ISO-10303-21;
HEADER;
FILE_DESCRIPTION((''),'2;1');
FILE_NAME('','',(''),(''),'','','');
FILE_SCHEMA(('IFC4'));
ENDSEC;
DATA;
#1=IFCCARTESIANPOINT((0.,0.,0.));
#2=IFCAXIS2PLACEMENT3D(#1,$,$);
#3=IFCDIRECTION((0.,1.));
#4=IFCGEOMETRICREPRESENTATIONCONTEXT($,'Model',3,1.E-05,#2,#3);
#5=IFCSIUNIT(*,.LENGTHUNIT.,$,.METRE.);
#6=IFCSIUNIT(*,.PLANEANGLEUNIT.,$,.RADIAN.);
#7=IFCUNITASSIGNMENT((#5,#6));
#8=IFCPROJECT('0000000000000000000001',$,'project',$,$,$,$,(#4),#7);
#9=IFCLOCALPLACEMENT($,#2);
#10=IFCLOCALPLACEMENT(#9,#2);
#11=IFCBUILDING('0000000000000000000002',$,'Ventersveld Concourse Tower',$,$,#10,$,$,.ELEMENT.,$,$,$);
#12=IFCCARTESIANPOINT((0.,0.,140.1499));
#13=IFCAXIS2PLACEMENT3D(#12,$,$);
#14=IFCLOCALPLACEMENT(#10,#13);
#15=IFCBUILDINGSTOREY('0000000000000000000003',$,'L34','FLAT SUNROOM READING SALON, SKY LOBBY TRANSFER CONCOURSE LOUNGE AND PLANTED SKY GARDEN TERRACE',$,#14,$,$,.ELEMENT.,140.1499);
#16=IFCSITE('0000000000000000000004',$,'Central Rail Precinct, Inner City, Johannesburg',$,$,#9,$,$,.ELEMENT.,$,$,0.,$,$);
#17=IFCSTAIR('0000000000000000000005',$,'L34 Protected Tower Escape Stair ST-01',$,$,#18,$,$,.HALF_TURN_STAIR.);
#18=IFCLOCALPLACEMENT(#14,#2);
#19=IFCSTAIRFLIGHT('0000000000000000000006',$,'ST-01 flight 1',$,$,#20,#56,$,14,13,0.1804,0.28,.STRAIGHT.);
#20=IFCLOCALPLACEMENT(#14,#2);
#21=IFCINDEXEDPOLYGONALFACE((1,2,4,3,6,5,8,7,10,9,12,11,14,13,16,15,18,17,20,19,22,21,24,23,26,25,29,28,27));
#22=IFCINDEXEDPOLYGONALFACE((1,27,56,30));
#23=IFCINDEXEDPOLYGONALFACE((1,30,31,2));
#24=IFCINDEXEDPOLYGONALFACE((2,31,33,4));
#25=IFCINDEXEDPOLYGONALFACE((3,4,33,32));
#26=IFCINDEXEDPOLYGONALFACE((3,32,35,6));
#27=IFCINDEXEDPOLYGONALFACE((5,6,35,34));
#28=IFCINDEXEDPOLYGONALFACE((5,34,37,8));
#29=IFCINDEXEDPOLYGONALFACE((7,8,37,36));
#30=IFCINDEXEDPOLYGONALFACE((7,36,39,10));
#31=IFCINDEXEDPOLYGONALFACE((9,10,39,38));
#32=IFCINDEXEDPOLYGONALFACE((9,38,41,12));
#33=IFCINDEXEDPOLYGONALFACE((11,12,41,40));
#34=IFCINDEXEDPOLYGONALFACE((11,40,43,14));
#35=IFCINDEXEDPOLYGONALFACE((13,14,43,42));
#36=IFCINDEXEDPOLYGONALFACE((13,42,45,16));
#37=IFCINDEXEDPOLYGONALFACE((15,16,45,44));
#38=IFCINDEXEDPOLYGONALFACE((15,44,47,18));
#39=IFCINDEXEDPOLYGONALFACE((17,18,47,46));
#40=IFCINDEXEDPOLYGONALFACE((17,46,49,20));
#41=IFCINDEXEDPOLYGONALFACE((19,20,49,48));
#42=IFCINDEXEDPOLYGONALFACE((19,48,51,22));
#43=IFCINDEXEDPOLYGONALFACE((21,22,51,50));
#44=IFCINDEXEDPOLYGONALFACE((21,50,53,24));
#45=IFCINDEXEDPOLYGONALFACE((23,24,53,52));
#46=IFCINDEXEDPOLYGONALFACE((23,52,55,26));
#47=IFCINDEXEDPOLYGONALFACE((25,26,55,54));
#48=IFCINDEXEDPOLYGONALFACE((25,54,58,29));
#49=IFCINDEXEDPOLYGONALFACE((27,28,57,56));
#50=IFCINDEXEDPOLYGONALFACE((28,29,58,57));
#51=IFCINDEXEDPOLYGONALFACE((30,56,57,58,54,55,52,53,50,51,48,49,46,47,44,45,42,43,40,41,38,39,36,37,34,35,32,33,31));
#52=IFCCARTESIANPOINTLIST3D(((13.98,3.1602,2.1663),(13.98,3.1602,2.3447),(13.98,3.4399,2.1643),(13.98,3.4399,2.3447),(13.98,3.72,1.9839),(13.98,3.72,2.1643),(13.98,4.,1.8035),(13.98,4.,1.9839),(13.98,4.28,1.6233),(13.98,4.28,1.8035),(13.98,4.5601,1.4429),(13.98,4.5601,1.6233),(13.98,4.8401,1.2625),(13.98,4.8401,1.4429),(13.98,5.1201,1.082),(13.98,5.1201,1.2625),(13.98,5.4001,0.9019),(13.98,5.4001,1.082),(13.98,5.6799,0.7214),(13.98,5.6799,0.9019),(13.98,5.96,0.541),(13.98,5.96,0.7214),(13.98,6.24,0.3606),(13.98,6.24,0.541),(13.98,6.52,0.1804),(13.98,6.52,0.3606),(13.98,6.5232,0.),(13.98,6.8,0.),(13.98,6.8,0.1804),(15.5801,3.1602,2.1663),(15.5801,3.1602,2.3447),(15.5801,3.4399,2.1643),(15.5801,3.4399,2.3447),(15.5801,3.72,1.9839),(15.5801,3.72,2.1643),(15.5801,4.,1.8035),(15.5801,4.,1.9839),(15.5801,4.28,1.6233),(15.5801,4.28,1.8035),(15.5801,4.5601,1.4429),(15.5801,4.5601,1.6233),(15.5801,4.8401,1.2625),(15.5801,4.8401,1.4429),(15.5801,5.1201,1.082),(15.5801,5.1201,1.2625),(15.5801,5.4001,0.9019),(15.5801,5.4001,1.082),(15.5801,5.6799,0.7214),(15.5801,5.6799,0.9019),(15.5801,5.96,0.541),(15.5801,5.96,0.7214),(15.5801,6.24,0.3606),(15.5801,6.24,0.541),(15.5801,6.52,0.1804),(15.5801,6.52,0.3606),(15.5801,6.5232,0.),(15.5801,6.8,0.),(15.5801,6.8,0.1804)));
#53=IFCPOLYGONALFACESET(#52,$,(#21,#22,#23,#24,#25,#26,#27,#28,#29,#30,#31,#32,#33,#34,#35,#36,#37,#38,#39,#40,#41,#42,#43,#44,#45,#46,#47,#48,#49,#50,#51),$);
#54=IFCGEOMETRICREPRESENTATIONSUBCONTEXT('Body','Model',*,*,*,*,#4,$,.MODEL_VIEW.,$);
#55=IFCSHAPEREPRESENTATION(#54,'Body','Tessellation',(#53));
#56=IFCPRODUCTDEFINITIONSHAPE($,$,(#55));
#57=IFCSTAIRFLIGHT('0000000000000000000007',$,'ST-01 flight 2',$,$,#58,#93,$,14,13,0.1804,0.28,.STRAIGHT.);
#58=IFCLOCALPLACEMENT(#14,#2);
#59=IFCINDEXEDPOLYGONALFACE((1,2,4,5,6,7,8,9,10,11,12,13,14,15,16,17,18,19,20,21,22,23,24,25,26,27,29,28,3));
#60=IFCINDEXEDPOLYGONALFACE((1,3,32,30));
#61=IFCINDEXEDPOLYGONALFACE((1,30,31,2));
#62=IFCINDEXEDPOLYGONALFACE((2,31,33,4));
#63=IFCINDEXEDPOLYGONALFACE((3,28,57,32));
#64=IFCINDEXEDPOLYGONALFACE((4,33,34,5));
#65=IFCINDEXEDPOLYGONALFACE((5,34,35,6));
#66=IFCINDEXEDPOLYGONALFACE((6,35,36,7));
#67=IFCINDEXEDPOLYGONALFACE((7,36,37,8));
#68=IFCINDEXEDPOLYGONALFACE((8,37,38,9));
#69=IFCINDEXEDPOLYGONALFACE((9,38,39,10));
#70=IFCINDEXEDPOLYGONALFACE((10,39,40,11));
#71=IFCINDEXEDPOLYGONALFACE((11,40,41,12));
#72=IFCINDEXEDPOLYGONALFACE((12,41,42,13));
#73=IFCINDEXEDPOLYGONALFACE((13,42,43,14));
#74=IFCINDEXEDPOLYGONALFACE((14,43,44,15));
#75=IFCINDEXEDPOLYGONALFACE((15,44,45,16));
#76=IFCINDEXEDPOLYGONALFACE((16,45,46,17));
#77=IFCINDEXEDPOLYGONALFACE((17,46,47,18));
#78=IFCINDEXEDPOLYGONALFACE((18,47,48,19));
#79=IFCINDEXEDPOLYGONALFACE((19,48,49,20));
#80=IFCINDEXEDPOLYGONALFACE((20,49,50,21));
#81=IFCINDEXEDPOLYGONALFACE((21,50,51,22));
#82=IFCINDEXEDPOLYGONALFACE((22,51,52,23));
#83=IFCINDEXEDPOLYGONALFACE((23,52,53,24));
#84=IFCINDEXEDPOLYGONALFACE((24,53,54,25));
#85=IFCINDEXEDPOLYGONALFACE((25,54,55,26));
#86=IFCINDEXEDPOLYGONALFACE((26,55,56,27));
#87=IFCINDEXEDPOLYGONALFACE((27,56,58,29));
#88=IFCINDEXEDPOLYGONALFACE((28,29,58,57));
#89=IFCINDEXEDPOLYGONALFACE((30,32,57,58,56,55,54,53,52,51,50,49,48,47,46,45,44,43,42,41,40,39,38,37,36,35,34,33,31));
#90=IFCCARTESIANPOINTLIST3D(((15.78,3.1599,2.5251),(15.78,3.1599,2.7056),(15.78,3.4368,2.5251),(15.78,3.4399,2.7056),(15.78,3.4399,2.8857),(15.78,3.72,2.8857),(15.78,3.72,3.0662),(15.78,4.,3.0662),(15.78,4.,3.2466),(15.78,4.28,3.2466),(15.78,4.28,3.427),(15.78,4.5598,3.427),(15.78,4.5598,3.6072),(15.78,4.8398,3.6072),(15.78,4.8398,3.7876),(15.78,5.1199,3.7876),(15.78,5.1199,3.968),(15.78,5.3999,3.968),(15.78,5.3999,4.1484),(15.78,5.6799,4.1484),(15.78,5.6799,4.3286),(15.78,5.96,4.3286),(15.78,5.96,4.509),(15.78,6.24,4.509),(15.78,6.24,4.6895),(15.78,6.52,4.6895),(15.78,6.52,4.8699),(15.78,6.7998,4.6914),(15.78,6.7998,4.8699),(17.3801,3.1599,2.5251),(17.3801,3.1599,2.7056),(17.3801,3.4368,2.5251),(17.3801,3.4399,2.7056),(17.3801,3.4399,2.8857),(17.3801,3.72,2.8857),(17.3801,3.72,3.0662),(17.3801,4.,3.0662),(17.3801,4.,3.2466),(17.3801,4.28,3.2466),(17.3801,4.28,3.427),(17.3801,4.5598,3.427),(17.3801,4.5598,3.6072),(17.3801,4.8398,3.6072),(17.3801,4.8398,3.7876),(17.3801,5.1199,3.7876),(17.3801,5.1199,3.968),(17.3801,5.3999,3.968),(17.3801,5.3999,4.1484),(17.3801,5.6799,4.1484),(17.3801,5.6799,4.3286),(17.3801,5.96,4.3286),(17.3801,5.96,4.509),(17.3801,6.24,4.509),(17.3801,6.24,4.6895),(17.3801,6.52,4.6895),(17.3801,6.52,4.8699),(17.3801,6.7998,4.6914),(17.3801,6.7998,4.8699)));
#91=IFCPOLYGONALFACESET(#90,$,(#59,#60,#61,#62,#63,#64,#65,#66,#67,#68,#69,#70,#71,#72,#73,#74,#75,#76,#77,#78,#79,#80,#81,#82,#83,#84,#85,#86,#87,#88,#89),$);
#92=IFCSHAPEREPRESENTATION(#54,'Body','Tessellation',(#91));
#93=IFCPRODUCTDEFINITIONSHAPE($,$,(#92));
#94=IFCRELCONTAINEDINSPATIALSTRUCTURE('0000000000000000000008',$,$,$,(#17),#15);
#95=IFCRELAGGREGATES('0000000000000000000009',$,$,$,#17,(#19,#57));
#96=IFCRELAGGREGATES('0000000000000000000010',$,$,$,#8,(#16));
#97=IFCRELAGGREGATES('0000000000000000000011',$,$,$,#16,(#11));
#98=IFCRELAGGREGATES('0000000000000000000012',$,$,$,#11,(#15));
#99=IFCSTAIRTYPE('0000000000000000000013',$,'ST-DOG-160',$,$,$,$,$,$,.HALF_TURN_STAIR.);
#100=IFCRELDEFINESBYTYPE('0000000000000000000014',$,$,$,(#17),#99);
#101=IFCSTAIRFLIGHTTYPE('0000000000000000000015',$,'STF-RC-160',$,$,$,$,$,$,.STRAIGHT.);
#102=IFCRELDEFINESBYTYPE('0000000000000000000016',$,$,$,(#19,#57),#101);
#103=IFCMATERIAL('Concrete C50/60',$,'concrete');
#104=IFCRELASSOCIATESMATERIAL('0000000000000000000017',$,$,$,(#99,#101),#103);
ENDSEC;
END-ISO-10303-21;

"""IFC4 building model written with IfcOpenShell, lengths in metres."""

from ifc_helpers import new_model, si_unit, direction, frame, origin, place, context, subcontext, project, spatial, polyline, outline, extrude, material, type_object, element, aggregate, save


model = new_model("IFC4")

# Units and contexts
model_context = context("Model", 3, precision=1e-05, world=origin(), true_north=direction((0.0, 1.0)))
body_context = subcontext(model_context, "Body", "Model", "MODEL_VIEW")
ifc_project = project(units=[si_unit("LENGTHUNIT", "METRE"), si_unit("PLANEANGLEUNIT", "RADIAN")], contexts=[model_context])

# Site, building, storey
site_placement = place(None, origin())
site = spatial("IfcSite", under=ifc_project, at=site_placement, Name="Central Rail Precinct, Inner City, Johannesburg", CompositionType="ELEMENT", RefElevation=0.0)
building_placement = place(site_placement, origin())
building = spatial("IfcBuilding", under=site, at=building_placement, Name="Ventersveld Concourse Tower", CompositionType="ELEMENT")
storey_placement = place(building_placement, frame((0.0, 0.0, 140.1499)))
storey = spatial("IfcBuildingStorey", under=building, at=storey_placement, Name="L34", Description="FLAT SUNROOM READING SALON, SKY LOBBY TRANSFER CONCOURSE LOUNGE AND PLANTED SKY GARDEN TERRACE", CompositionType="ELEMENT", Elevation=140.1499)

# Shared definitions
ifc_material_1 = material(Name="Concrete C50/60", Category="concrete")

# Stair, stair flights
stair_type = type_object("IfcStairType", Name="ST-DOG-160", PredefinedType="HALF_TURN_STAIR", material=ifc_material_1)
stair_placement = place(storey_placement, origin())
stair = element("IfcStair", 1, at=stair_placement, inside=storey, type_object=stair_type, Name="L34 Protected Tower Escape Stair ST-01", PredefinedType="HALF_TURN_STAIR")
stair_flight_type = type_object("IfcStairFlightType", Name="STF-RC-160", PredefinedType="STRAIGHT", material=ifc_material_1)
stair_flight_1_placement = place(storey_placement, frame((14.78, 6.8, 0.0), z_axis=(0.0, 0.0, 1.0), x_axis=(0.0, -1.0, 0.0)))
stair_flight_1 = element("IfcStairFlight", 2, at=stair_flight_1_placement, type_object=stair_flight_type, Name="ST-01 flight 1", NumberOfRisers=14, NumberOfTreads=13, PredefinedType="STRAIGHT", RiserHeight=0.1804, TreadLength=0.28, context=body_context, shape_type="SweptSolid", body=[
    extrude(outline(polyline([(0.0, 0.0), (0.0, 0.1804), (0.28, 0.1804), (0.28, 0.3606), (0.5601, 0.3606), (0.5601, 0.541), (0.8401, 0.541), (0.8401, 0.7214), (1.1201, 0.7214), (1.1201, 0.9019), (1.3999, 0.9019), (1.3999, 1.082), (1.6799, 1.082), (1.6799, 1.2625), (1.96, 1.2625), (1.96, 1.4429), (2.24, 1.4429), (2.24, 1.6233), (2.52, 1.6233), (2.52, 1.8035), (2.8, 1.8035), (2.8, 1.9839), (3.0801, 1.9839), (3.0801, 2.1643), (3.3601, 2.1643), (3.3601, 2.3447), (3.6399, 2.3447), (3.6399, 2.5249), (3.6399, 2.1663), (0.2769, 0.0), (0.0, 0.0)])), frame((0.0, 0.8, 0.0), z_axis=(0.0, -1.0, 0.0), x_axis=(1.0, 0.0, 0.0)), (0.0, 0.0, 1.0), 1.6001),
])
stair_flight_2_placement = place(storey_placement, frame((16.5801, 3.1599, 2.5251), z_axis=(0.0, 0.0, 1.0), x_axis=(0.0, 1.0, 0.0)))
stair_flight_2 = element("IfcStairFlight", 3, at=stair_flight_2_placement, type_object=stair_flight_type, Name="ST-01 flight 2", NumberOfRisers=14, NumberOfTreads=13, PredefinedType="STRAIGHT", RiserHeight=0.1804, TreadLength=0.28, context=body_context, shape_type="SweptSolid", body=[
    extrude(outline(polyline([(0.0, 0.0), (0.0, 0.1804), (0.28, 0.1804), (0.28, 0.3606), (0.5601, 0.3606), (0.5601, 0.541), (0.8401, 0.541), (0.8401, 0.7214), (1.1201, 0.7214), (1.1201, 0.9019), (1.3999, 0.9019), (1.3999, 1.082), (1.6799, 1.082), (1.6799, 1.2625), (1.96, 1.2625), (1.96, 1.4429), (2.24, 1.4429), (2.24, 1.6233), (2.52, 1.6233), (2.52, 1.8035), (2.8, 1.8035), (2.8, 1.9839), (3.0801, 1.9839), (3.0801, 2.1643), (3.3601, 2.1643), (3.3601, 2.3447), (3.6399, 2.3447), (3.6399, 2.5249), (3.6399, 2.1663), (0.2769, 0.0), (0.0, 0.0)])), frame((0.0, 0.8, 0.0), z_axis=(0.0, -1.0, 0.0), x_axis=(1.0, 0.0, 0.0)), (0.0, 0.0, 1.0), 1.6001),
])
aggregate(stair, [stair_flight_1, stair_flight_2])

save(model, "model.ifc")
